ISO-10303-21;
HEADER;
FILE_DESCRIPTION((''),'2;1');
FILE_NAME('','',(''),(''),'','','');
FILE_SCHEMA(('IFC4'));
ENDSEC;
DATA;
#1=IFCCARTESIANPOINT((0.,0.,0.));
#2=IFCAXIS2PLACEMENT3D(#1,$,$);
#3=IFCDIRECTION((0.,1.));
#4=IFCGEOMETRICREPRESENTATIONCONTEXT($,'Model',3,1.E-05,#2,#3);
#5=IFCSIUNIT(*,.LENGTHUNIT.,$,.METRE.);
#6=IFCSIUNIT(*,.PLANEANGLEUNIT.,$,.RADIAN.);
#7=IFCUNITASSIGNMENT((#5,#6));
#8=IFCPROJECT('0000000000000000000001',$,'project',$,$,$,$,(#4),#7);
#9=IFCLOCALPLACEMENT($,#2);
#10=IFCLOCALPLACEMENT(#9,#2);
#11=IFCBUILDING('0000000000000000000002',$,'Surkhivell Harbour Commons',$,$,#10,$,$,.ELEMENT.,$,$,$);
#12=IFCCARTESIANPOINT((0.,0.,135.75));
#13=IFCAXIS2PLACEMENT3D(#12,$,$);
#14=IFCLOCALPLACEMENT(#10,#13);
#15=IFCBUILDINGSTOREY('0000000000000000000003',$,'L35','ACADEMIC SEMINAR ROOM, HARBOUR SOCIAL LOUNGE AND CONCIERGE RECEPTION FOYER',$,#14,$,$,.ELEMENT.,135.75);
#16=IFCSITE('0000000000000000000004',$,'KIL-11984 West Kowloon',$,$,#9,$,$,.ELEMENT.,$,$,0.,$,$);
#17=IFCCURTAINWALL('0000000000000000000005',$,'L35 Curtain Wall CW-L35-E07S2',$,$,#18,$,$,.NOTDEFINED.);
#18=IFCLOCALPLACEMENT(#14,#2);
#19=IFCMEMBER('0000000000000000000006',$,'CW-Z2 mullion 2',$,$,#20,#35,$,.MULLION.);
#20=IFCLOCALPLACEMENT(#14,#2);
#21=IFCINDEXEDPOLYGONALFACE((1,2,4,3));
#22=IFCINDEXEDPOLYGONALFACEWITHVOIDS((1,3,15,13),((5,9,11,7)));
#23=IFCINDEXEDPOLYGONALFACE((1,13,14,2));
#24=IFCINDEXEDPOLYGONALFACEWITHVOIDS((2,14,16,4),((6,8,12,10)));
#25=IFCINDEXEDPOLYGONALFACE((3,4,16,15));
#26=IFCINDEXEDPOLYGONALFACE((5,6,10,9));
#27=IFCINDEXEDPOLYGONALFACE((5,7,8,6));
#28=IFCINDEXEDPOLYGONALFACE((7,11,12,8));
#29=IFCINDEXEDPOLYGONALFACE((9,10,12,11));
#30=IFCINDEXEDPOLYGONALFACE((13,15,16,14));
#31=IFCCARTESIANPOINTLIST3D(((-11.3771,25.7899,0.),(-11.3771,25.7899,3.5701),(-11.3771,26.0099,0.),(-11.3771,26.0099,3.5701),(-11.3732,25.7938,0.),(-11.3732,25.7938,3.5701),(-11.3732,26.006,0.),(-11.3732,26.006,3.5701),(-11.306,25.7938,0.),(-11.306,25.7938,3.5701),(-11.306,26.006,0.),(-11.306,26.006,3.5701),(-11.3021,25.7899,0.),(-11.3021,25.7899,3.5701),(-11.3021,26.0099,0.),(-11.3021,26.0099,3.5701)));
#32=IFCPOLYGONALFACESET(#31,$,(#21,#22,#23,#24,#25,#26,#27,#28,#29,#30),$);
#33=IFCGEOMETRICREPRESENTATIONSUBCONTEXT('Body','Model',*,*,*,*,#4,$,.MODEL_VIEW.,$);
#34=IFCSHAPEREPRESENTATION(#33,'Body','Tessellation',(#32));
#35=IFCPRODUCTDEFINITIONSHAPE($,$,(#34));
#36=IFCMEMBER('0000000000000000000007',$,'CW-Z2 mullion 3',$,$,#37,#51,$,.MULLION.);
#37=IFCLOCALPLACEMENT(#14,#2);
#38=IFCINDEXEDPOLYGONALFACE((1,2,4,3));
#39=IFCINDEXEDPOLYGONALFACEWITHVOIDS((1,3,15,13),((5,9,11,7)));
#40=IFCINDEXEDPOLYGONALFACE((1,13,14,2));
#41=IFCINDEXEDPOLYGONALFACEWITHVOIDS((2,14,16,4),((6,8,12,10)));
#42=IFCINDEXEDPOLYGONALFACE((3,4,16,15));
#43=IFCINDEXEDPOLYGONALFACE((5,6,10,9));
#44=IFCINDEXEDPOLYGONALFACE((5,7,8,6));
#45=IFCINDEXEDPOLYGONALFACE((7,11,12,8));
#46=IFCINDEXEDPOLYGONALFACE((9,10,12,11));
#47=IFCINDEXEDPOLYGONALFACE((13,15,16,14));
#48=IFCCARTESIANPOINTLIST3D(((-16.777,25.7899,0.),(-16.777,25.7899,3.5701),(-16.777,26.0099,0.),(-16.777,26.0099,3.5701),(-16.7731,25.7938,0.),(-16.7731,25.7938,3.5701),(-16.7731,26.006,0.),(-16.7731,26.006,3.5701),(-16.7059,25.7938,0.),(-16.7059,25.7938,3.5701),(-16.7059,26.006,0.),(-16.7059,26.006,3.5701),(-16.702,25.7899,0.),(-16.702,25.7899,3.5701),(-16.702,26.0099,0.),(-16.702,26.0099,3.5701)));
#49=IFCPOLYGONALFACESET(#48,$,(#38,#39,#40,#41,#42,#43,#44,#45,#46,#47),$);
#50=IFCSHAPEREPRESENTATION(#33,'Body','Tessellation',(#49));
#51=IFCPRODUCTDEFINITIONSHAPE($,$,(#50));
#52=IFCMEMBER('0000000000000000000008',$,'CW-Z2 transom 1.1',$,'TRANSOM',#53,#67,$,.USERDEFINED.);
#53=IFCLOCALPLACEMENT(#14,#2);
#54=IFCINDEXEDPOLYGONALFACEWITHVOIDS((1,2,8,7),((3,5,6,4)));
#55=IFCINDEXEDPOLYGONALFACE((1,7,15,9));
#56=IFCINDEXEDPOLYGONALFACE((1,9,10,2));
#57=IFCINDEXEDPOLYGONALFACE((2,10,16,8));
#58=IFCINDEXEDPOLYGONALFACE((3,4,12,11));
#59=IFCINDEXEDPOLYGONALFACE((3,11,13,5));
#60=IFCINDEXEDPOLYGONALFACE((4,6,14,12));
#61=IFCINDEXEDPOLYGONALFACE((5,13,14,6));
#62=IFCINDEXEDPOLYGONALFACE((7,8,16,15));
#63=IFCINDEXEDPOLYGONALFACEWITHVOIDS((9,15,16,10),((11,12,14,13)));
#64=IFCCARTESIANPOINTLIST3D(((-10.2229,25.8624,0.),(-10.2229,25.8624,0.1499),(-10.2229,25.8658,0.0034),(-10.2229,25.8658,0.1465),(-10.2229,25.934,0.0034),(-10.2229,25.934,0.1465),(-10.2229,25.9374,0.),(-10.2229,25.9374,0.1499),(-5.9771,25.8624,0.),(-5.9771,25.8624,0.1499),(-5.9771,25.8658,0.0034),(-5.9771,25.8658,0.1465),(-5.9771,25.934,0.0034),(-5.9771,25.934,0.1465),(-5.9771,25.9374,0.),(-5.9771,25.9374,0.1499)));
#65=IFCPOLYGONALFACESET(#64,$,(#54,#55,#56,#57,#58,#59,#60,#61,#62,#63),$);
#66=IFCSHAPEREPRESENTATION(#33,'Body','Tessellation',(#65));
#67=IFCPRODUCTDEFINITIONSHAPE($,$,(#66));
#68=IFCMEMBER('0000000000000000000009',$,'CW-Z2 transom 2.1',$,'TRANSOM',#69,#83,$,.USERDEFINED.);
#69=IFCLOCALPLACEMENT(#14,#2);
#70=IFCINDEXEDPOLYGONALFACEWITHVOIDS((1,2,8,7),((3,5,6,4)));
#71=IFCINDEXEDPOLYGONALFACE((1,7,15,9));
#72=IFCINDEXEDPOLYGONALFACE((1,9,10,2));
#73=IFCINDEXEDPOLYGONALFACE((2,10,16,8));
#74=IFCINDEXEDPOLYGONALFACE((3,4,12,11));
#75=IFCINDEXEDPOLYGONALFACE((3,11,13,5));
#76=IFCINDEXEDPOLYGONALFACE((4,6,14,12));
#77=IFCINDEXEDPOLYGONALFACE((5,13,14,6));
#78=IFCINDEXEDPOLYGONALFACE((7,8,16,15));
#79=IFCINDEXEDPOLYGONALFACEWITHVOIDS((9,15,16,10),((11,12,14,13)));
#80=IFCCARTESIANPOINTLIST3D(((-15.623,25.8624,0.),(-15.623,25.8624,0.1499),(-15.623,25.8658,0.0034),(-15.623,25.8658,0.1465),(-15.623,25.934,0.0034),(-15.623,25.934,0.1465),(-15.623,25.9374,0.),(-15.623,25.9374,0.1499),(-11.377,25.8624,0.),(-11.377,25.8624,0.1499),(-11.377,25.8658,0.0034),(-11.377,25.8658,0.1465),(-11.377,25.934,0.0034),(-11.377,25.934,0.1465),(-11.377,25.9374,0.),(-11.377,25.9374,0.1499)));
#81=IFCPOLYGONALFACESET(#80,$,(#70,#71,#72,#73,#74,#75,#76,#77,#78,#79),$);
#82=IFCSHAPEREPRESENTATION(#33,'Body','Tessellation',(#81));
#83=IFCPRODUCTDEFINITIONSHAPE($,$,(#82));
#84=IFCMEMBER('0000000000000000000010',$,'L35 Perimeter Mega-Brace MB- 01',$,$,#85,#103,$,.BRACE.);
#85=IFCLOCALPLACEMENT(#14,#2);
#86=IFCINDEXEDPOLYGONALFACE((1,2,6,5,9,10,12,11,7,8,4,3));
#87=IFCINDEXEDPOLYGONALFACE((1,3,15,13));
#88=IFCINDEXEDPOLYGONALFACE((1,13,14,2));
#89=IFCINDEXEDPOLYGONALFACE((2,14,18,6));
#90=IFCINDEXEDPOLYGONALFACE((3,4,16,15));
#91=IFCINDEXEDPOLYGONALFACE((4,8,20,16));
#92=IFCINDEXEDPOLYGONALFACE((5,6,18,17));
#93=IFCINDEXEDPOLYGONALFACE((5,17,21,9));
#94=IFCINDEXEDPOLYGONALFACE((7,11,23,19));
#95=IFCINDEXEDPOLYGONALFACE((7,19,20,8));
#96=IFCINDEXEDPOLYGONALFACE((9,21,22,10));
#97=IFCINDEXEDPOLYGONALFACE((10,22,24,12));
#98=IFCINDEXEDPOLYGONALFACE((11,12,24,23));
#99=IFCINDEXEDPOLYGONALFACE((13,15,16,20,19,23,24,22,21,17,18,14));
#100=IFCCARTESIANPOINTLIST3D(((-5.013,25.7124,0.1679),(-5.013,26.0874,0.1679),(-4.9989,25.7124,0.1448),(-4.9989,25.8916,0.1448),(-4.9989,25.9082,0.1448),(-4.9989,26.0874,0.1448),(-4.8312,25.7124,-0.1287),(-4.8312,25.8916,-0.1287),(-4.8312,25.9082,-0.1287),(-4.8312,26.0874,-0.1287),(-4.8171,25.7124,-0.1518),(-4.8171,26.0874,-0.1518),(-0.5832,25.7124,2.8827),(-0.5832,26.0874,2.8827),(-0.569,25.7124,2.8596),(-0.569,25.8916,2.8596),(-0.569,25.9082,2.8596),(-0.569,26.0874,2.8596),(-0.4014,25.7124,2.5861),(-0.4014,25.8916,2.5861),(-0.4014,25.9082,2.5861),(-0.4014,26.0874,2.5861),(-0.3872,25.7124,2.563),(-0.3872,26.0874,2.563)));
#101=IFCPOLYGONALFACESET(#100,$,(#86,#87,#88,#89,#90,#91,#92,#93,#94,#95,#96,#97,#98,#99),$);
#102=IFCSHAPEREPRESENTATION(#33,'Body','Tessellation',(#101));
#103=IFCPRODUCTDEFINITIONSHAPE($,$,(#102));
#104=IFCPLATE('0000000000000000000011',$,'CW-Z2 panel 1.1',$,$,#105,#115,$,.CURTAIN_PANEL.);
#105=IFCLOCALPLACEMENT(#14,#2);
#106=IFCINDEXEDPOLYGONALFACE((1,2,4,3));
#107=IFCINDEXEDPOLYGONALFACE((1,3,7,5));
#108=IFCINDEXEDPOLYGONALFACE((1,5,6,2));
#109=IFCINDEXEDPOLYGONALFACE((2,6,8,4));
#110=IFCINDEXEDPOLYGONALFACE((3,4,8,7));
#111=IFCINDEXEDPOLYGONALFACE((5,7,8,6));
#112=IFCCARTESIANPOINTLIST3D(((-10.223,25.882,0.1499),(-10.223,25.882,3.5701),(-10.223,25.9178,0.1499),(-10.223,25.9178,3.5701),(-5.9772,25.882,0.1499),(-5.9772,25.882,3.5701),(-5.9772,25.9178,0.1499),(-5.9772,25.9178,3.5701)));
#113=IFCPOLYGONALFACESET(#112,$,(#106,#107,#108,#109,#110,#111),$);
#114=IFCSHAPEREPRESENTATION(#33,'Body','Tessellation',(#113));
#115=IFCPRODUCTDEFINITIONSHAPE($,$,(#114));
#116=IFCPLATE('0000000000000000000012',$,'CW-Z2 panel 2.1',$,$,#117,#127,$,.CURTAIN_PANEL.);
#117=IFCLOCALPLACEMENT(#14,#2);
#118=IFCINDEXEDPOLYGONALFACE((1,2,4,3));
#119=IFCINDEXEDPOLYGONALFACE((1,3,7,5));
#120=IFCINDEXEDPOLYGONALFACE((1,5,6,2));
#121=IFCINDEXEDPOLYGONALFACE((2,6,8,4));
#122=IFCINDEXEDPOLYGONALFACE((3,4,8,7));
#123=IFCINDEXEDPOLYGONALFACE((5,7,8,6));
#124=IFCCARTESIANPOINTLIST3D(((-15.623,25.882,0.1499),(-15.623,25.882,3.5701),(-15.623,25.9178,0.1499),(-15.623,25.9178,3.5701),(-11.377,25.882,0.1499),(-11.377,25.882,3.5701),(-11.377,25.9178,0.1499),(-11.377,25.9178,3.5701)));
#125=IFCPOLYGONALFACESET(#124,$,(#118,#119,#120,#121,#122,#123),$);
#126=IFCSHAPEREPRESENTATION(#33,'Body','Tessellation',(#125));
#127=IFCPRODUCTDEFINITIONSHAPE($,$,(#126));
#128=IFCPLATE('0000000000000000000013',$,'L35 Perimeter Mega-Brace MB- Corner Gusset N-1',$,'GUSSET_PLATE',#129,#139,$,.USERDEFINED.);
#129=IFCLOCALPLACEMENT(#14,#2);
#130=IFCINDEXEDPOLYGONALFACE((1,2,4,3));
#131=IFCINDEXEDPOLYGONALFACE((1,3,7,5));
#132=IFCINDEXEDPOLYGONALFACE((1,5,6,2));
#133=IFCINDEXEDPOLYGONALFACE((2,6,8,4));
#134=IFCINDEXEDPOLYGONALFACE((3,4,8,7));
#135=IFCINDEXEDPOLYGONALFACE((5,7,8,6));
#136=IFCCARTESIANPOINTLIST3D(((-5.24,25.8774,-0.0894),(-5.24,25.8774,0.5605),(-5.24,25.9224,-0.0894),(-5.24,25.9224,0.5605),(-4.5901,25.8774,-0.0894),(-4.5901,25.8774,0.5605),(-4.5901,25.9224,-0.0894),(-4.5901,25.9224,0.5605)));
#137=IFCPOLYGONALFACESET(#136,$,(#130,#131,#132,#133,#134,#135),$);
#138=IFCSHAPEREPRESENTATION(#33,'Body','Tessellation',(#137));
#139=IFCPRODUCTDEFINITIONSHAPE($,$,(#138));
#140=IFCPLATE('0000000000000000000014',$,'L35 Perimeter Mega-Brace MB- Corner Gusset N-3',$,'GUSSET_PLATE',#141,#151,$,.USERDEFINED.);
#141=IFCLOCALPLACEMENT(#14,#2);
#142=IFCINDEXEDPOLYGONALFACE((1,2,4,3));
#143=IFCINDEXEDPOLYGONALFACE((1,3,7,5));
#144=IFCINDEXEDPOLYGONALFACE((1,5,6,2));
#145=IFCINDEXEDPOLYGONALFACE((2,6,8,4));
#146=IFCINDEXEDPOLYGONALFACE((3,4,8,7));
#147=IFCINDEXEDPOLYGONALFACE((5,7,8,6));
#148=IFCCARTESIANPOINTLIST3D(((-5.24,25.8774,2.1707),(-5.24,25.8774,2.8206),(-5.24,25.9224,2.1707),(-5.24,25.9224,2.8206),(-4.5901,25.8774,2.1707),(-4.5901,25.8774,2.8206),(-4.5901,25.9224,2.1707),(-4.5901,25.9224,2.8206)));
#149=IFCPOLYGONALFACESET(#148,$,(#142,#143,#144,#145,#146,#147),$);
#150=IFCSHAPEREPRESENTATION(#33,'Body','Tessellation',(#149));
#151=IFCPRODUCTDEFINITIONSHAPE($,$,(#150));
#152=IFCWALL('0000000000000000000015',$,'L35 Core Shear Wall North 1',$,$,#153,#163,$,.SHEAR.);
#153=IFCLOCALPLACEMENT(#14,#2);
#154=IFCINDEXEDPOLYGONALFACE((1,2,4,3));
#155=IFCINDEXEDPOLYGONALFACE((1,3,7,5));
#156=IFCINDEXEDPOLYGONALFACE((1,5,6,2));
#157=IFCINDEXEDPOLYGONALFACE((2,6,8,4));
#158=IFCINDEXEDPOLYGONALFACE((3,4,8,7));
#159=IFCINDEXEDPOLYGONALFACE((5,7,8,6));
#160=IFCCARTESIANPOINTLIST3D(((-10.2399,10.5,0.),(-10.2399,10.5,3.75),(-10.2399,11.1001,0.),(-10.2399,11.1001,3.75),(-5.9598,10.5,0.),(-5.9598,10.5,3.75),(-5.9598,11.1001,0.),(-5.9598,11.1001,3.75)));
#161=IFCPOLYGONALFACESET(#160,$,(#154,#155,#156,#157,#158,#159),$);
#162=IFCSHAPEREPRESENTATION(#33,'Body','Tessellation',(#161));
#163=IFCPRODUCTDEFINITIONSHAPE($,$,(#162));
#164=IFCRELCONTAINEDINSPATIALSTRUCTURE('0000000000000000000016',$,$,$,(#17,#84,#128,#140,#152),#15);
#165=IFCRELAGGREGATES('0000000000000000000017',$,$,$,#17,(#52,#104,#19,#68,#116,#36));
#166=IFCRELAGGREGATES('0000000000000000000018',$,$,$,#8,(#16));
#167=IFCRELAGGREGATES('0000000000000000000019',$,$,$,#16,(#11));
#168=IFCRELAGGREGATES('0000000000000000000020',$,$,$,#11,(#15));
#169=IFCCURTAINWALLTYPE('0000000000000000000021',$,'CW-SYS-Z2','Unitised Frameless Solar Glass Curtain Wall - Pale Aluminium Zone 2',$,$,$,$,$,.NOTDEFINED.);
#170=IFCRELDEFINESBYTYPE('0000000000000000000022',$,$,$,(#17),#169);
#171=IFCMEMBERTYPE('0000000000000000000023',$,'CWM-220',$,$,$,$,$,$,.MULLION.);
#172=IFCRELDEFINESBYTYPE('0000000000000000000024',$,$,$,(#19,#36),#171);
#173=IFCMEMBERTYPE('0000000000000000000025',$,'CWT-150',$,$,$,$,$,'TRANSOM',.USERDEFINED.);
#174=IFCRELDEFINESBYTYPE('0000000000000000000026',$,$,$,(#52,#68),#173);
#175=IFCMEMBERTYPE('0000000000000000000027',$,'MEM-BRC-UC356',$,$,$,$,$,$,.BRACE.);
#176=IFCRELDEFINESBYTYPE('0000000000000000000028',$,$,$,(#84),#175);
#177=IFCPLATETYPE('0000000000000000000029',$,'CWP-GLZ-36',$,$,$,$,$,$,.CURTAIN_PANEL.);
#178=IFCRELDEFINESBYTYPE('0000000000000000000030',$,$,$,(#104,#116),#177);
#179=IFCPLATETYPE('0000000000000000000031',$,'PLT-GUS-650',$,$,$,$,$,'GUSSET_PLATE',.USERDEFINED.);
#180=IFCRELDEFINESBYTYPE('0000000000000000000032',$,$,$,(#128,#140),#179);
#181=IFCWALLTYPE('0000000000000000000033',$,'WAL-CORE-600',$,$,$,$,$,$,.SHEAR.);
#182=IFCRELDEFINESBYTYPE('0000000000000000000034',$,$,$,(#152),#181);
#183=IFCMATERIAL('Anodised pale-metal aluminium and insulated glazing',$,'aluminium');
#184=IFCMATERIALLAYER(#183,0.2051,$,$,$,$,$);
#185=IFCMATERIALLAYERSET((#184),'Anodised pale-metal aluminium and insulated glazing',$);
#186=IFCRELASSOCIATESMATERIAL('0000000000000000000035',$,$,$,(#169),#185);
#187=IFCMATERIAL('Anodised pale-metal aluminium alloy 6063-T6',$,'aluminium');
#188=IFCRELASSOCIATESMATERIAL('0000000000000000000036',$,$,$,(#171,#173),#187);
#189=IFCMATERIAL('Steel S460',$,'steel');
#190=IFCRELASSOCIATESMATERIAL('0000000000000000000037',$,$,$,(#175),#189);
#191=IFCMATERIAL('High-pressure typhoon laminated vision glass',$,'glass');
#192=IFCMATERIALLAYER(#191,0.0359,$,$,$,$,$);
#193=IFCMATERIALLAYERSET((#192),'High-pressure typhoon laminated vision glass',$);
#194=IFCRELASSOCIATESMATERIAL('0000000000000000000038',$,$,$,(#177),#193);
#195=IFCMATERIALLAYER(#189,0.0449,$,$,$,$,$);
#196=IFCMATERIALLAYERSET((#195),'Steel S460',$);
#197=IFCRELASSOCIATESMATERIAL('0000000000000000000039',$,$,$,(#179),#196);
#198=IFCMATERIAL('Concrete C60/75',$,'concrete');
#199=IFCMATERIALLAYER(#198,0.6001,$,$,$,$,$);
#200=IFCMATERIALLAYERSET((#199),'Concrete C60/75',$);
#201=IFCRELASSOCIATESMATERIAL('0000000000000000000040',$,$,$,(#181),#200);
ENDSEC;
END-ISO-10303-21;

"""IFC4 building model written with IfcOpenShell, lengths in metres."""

from ifc_helpers import new_model, si_unit, direction, frame, frame_2d, origin, origin_2d, place, context, subcontext, project, spatial, rectangle, hollow_rectangle, i_section, extrude, material, layer, layer_set, material_profile, profile_set, type_object, element, aggregate, save


model = new_model("IFC4")

# Units and contexts
model_context = context("Model", 3, precision=1e-05, world=origin(), true_north=direction((0.0, 1.0)))
body_context = subcontext(model_context, "Body", "Model", "MODEL_VIEW")
ifc_project = project(units=[si_unit("LENGTHUNIT", "METRE"), si_unit("PLANEANGLEUNIT", "RADIAN")], contexts=[model_context])

# Site, building, storey
site_placement = place(None, origin())
site = spatial("IfcSite", under=ifc_project, at=site_placement, Name="KIL-11984 West Kowloon", CompositionType="ELEMENT", RefElevation=0.0)
building_placement = place(site_placement, origin())
building = spatial("IfcBuilding", under=site, at=building_placement, Name="Surkhivell Harbour Commons", CompositionType="ELEMENT")
storey_placement = place(building_placement, frame((0.0, 0.0, 135.75)))
storey = spatial("IfcBuildingStorey", under=building, at=storey_placement, Name="L35", Description="ACADEMIC SEMINAR ROOM, HARBOUR SOCIAL LOUNGE AND CONCIERGE RECEPTION FOYER", CompositionType="ELEMENT", Elevation=135.75)

# Shared definitions
ifc_material_1 = material(Name="Concrete C60/75", Category="concrete")

# Shared definitions
ifc_material_2 = material(Name="Steel S460", Category="steel")

# Curtain wall, members
ifc_material_3 = material(Name="Anodised pale-metal aluminium and insulated glazing", Category="aluminium")
ifc_layer_1 = layer(ifc_material_3, 0.2051)
ifc_layer_set_1 = layer_set([ifc_layer_1], Name="Anodised pale-metal aluminium and insulated glazing")
curtain_wall_type = type_object("IfcCurtainWallType", Name="CW-SYS-Z2", Description="Unitised Frameless Solar Glass Curtain Wall - Pale Aluminium Zone 2", PredefinedType="NOTDEFINED", material=ifc_layer_set_1)
curtain_wall_placement = place(storey_placement, origin())
curtain_wall = element("IfcCurtainWall", 1, at=curtain_wall_placement, inside=storey, type_object=curtain_wall_type, Name="L35 Curtain Wall CW-L35-E07S2", PredefinedType="NOTDEFINED")
ifc_material_4 = material(Name="Anodised pale-metal aluminium alloy 6063-T6", Category="aluminium")
ifc_material_profile_1 = material_profile(ifc_material_4, hollow_rectangle(XDim=0.075, YDim=0.22, WallThickness=0.0039, at=origin_2d()), Name="ALU-MULL-75x220")
ifc_profile_set_1 = profile_set([ifc_material_profile_1], Name="Anodised pale-metal aluminium alloy 6063-T6")
member_type_1 = type_object("IfcMemberType", Name="CWM-220", PredefinedType="MULLION", material=ifc_profile_set_1)
member_1_placement = place(storey_placement, frame((-11.3396, 25.8999, 0.0), z_axis=(0.0, 0.0, 1.0), x_axis=(-1.0, 0.0, 0.0)))
member_1 = element("IfcMember", 2, at=member_1_placement, type_object=member_type_1, Name="CW-Z2 mullion 2", PredefinedType="MULLION", context=body_context, shape_type="SweptSolid", body=[
    extrude(hollow_rectangle(XDim=0.075, YDim=0.22, WallThickness=0.0039, at=origin_2d()), origin(), (0.0, 0.0, 1.0), 3.5701),
])
member_2_placement = place(storey_placement, frame((-16.7395, 25.8999, 0.0), z_axis=(0.0, 0.0, 1.0), x_axis=(-1.0, 0.0, 0.0)))
member_2 = element("IfcMember", 3, at=member_2_placement, type_object=member_type_1, Name="CW-Z2 mullion 3", PredefinedType="MULLION", context=body_context, shape_type="SweptSolid", body=[
    extrude(hollow_rectangle(XDim=0.075, YDim=0.22, WallThickness=0.0039, at=origin_2d()), origin(), (0.0, 0.0, 1.0), 3.5701),
])
ifc_material_profile_2 = material_profile(ifc_material_4, hollow_rectangle(XDim=0.075, YDim=0.1499, WallThickness=0.0034, at=origin_2d()), Name="ALU-TRAN-75x150")
ifc_profile_set_2 = profile_set([ifc_material_profile_2], Name="Anodised pale-metal aluminium alloy 6063-T6")
member_type_2 = type_object("IfcMemberType", Name="CWT-150", ElementType="TRANSOM", PredefinedType="USERDEFINED", material=ifc_profile_set_2)
member_3_placement = place(storey_placement, frame((-5.9771, 25.8999, 0.075), z_axis=(-1.0, 0.0, 0.0), x_axis=(0.0, -1.0, 0.0)))
member_3 = element("IfcMember", 4, at=member_3_placement, type_object=member_type_2, Name="CW-Z2 transom 1.1", ObjectType="TRANSOM", PredefinedType="USERDEFINED", context=body_context, shape_type="SweptSolid", body=[
    extrude(hollow_rectangle(XDim=0.075, YDim=0.1499, WallThickness=0.0034, at=origin_2d()), origin(), (0.0, 0.0, 1.0), 4.2458),
])
member_4_placement = place(storey_placement, frame((-11.377, 25.8999, 0.075), z_axis=(-1.0, 0.0, 0.0), x_axis=(0.0, -1.0, 0.0)))
member_4 = element("IfcMember", 5, at=member_4_placement, type_object=member_type_2, Name="CW-Z2 transom 2.1", ObjectType="TRANSOM", PredefinedType="USERDEFINED", context=body_context, shape_type="SweptSolid", body=[
    extrude(hollow_rectangle(XDim=0.075, YDim=0.1499, WallThickness=0.0034, at=origin_2d()), origin(), (0.0, 0.0, 1.0), 4.2461),
])

# Member
ifc_material_profile_3 = material_profile(ifc_material_2, i_section(OverallWidth=0.375, OverallDepth=0.375, WebThickness=0.0166, FlangeThickness=0.0271, at=origin_2d()), Name="UC356x368x202")
ifc_profile_set_3 = profile_set([ifc_material_profile_3], Name="Steel S460")
member_type_3 = type_object("IfcMemberType", Name="MEM-BRC-UC356", PredefinedType="BRACE", material=ifc_profile_set_3)
member_5_placement = place(storey_placement, frame((-4.915, 25.8999, 0.0081), z_axis=(0.852625, 0.0, 0.522523), x_axis=(0.0, 1.0, 0.0)))
element("IfcMember", 6, at=member_5_placement, inside=storey, type_object=member_type_3, Name="L35 Perimeter Mega-Brace MB- 01", PredefinedType="BRACE", context=body_context, shape_type="SweptSolid", body=[
    extrude(i_section(OverallWidth=0.375, OverallDepth=0.375, WebThickness=0.0166, FlangeThickness=0.0271, at=origin_2d()), origin(), (0.0, 0.0, 1.0), 5.1956),
])

# Plates
ifc_material_5 = material(Name="High-pressure typhoon laminated vision glass", Category="glass")
ifc_layer_2 = layer(ifc_material_5, 0.0359)
ifc_layer_set_2 = layer_set([ifc_layer_2], Name="High-pressure typhoon laminated vision glass")
plate_type_1 = type_object("IfcPlateType", Name="CWP-GLZ-36", PredefinedType="CURTAIN_PANEL", material=ifc_layer_set_2)
plate_1_placement = place(storey_placement, frame((-5.9771, 25.8999, 0.1499), z_axis=(0.0, 0.0, 1.0), x_axis=(-1.0, 0.0, 0.0)))
plate_1 = element("IfcPlate", 7, at=plate_1_placement, type_object=plate_type_1, Name="CW-Z2 panel 1.1", PredefinedType="CURTAIN_PANEL", context=body_context, shape_type="SweptSolid", body=[
    extrude(rectangle(XDim=4.2458, YDim=0.0359, at=frame_2d((2.123, 0.0))), origin(), (0.0, 0.0, 1.0), 3.4202),
])
plate_2_placement = place(storey_placement, frame((-11.377, 25.8999, 0.1499), z_axis=(0.0, 0.0, 1.0), x_axis=(-1.0, 0.0, 0.0)))
plate_2 = element("IfcPlate", 8, at=plate_2_placement, type_object=plate_type_1, Name="CW-Z2 panel 2.1", PredefinedType="CURTAIN_PANEL", context=body_context, shape_type="SweptSolid", body=[
    extrude(rectangle(XDim=4.2461, YDim=0.0359, at=frame_2d((2.123, 0.0))), origin(), (0.0, 0.0, 1.0), 3.4202),
])
aggregate(curtain_wall, [member_3, plate_1, member_1, member_4, plate_2, member_2])

# Plates
ifc_layer_3 = layer(ifc_material_2, 0.0449)
ifc_layer_set_3 = layer_set([ifc_layer_3], Name="Steel S460")
plate_type_2 = type_object("IfcPlateType", Name="PLT-GUS-650", ElementType="GUSSET_PLATE", PredefinedType="USERDEFINED", material=ifc_layer_set_3)
for number, where, z_axis, x_axis, name in (
    (9, (-4.915, 25.8999, -0.0894), (0.0, 0.0, 1.0), (1.0, 0.0, 0.0), "L35 Perimeter Mega-Brace MB- Corner Gusset N-1"),
    (10, (-4.915, 25.8999, 2.1707), (0.0, 0.0, 1.0), (1.0, 0.0, 0.0), "L35 Perimeter Mega-Brace MB- Corner Gusset N-3"),
):
    element("IfcPlate", number, at=place(storey_placement, frame(where, z_axis=z_axis, x_axis=x_axis)), inside=storey, type_object=plate_type_2, Name=name, ObjectType="GUSSET_PLATE", PredefinedType="USERDEFINED", context=body_context, shape_type="SweptSolid", body=[
        extrude(rectangle(XDim=0.6499, YDim=0.0449, at=origin_2d()), origin(), (0.0, 0.0, 1.0), 0.6499),
    ])

# Wall
ifc_layer_4 = layer(ifc_material_1, 0.6001)
ifc_layer_set_4 = layer_set([ifc_layer_4], Name="Concrete C60/75")
wall_type_1 = type_object("IfcWallType", Name="WAL-CORE-600", PredefinedType="SHEAR", material=ifc_layer_set_4)
wall_1_placement = place(storey_placement, frame((-10.24, 10.8, 0.0), z_axis=(0.0, 0.0, 1.0), x_axis=(1.0, 0.0, 0.0)))
element("IfcWall", 11, at=wall_1_placement, inside=storey, type_object=wall_type_1, Name="L35 Core Shear Wall North 1", PredefinedType="SHEAR", context=body_context, shape_type="SweptSolid", body=[
    extrude(rectangle(XDim=4.28, YDim=0.6001, at=frame_2d((2.1401, 0.0))), origin(), (0.0, 0.0, 1.0), 3.75),
])

save(model, "model.ifc")
